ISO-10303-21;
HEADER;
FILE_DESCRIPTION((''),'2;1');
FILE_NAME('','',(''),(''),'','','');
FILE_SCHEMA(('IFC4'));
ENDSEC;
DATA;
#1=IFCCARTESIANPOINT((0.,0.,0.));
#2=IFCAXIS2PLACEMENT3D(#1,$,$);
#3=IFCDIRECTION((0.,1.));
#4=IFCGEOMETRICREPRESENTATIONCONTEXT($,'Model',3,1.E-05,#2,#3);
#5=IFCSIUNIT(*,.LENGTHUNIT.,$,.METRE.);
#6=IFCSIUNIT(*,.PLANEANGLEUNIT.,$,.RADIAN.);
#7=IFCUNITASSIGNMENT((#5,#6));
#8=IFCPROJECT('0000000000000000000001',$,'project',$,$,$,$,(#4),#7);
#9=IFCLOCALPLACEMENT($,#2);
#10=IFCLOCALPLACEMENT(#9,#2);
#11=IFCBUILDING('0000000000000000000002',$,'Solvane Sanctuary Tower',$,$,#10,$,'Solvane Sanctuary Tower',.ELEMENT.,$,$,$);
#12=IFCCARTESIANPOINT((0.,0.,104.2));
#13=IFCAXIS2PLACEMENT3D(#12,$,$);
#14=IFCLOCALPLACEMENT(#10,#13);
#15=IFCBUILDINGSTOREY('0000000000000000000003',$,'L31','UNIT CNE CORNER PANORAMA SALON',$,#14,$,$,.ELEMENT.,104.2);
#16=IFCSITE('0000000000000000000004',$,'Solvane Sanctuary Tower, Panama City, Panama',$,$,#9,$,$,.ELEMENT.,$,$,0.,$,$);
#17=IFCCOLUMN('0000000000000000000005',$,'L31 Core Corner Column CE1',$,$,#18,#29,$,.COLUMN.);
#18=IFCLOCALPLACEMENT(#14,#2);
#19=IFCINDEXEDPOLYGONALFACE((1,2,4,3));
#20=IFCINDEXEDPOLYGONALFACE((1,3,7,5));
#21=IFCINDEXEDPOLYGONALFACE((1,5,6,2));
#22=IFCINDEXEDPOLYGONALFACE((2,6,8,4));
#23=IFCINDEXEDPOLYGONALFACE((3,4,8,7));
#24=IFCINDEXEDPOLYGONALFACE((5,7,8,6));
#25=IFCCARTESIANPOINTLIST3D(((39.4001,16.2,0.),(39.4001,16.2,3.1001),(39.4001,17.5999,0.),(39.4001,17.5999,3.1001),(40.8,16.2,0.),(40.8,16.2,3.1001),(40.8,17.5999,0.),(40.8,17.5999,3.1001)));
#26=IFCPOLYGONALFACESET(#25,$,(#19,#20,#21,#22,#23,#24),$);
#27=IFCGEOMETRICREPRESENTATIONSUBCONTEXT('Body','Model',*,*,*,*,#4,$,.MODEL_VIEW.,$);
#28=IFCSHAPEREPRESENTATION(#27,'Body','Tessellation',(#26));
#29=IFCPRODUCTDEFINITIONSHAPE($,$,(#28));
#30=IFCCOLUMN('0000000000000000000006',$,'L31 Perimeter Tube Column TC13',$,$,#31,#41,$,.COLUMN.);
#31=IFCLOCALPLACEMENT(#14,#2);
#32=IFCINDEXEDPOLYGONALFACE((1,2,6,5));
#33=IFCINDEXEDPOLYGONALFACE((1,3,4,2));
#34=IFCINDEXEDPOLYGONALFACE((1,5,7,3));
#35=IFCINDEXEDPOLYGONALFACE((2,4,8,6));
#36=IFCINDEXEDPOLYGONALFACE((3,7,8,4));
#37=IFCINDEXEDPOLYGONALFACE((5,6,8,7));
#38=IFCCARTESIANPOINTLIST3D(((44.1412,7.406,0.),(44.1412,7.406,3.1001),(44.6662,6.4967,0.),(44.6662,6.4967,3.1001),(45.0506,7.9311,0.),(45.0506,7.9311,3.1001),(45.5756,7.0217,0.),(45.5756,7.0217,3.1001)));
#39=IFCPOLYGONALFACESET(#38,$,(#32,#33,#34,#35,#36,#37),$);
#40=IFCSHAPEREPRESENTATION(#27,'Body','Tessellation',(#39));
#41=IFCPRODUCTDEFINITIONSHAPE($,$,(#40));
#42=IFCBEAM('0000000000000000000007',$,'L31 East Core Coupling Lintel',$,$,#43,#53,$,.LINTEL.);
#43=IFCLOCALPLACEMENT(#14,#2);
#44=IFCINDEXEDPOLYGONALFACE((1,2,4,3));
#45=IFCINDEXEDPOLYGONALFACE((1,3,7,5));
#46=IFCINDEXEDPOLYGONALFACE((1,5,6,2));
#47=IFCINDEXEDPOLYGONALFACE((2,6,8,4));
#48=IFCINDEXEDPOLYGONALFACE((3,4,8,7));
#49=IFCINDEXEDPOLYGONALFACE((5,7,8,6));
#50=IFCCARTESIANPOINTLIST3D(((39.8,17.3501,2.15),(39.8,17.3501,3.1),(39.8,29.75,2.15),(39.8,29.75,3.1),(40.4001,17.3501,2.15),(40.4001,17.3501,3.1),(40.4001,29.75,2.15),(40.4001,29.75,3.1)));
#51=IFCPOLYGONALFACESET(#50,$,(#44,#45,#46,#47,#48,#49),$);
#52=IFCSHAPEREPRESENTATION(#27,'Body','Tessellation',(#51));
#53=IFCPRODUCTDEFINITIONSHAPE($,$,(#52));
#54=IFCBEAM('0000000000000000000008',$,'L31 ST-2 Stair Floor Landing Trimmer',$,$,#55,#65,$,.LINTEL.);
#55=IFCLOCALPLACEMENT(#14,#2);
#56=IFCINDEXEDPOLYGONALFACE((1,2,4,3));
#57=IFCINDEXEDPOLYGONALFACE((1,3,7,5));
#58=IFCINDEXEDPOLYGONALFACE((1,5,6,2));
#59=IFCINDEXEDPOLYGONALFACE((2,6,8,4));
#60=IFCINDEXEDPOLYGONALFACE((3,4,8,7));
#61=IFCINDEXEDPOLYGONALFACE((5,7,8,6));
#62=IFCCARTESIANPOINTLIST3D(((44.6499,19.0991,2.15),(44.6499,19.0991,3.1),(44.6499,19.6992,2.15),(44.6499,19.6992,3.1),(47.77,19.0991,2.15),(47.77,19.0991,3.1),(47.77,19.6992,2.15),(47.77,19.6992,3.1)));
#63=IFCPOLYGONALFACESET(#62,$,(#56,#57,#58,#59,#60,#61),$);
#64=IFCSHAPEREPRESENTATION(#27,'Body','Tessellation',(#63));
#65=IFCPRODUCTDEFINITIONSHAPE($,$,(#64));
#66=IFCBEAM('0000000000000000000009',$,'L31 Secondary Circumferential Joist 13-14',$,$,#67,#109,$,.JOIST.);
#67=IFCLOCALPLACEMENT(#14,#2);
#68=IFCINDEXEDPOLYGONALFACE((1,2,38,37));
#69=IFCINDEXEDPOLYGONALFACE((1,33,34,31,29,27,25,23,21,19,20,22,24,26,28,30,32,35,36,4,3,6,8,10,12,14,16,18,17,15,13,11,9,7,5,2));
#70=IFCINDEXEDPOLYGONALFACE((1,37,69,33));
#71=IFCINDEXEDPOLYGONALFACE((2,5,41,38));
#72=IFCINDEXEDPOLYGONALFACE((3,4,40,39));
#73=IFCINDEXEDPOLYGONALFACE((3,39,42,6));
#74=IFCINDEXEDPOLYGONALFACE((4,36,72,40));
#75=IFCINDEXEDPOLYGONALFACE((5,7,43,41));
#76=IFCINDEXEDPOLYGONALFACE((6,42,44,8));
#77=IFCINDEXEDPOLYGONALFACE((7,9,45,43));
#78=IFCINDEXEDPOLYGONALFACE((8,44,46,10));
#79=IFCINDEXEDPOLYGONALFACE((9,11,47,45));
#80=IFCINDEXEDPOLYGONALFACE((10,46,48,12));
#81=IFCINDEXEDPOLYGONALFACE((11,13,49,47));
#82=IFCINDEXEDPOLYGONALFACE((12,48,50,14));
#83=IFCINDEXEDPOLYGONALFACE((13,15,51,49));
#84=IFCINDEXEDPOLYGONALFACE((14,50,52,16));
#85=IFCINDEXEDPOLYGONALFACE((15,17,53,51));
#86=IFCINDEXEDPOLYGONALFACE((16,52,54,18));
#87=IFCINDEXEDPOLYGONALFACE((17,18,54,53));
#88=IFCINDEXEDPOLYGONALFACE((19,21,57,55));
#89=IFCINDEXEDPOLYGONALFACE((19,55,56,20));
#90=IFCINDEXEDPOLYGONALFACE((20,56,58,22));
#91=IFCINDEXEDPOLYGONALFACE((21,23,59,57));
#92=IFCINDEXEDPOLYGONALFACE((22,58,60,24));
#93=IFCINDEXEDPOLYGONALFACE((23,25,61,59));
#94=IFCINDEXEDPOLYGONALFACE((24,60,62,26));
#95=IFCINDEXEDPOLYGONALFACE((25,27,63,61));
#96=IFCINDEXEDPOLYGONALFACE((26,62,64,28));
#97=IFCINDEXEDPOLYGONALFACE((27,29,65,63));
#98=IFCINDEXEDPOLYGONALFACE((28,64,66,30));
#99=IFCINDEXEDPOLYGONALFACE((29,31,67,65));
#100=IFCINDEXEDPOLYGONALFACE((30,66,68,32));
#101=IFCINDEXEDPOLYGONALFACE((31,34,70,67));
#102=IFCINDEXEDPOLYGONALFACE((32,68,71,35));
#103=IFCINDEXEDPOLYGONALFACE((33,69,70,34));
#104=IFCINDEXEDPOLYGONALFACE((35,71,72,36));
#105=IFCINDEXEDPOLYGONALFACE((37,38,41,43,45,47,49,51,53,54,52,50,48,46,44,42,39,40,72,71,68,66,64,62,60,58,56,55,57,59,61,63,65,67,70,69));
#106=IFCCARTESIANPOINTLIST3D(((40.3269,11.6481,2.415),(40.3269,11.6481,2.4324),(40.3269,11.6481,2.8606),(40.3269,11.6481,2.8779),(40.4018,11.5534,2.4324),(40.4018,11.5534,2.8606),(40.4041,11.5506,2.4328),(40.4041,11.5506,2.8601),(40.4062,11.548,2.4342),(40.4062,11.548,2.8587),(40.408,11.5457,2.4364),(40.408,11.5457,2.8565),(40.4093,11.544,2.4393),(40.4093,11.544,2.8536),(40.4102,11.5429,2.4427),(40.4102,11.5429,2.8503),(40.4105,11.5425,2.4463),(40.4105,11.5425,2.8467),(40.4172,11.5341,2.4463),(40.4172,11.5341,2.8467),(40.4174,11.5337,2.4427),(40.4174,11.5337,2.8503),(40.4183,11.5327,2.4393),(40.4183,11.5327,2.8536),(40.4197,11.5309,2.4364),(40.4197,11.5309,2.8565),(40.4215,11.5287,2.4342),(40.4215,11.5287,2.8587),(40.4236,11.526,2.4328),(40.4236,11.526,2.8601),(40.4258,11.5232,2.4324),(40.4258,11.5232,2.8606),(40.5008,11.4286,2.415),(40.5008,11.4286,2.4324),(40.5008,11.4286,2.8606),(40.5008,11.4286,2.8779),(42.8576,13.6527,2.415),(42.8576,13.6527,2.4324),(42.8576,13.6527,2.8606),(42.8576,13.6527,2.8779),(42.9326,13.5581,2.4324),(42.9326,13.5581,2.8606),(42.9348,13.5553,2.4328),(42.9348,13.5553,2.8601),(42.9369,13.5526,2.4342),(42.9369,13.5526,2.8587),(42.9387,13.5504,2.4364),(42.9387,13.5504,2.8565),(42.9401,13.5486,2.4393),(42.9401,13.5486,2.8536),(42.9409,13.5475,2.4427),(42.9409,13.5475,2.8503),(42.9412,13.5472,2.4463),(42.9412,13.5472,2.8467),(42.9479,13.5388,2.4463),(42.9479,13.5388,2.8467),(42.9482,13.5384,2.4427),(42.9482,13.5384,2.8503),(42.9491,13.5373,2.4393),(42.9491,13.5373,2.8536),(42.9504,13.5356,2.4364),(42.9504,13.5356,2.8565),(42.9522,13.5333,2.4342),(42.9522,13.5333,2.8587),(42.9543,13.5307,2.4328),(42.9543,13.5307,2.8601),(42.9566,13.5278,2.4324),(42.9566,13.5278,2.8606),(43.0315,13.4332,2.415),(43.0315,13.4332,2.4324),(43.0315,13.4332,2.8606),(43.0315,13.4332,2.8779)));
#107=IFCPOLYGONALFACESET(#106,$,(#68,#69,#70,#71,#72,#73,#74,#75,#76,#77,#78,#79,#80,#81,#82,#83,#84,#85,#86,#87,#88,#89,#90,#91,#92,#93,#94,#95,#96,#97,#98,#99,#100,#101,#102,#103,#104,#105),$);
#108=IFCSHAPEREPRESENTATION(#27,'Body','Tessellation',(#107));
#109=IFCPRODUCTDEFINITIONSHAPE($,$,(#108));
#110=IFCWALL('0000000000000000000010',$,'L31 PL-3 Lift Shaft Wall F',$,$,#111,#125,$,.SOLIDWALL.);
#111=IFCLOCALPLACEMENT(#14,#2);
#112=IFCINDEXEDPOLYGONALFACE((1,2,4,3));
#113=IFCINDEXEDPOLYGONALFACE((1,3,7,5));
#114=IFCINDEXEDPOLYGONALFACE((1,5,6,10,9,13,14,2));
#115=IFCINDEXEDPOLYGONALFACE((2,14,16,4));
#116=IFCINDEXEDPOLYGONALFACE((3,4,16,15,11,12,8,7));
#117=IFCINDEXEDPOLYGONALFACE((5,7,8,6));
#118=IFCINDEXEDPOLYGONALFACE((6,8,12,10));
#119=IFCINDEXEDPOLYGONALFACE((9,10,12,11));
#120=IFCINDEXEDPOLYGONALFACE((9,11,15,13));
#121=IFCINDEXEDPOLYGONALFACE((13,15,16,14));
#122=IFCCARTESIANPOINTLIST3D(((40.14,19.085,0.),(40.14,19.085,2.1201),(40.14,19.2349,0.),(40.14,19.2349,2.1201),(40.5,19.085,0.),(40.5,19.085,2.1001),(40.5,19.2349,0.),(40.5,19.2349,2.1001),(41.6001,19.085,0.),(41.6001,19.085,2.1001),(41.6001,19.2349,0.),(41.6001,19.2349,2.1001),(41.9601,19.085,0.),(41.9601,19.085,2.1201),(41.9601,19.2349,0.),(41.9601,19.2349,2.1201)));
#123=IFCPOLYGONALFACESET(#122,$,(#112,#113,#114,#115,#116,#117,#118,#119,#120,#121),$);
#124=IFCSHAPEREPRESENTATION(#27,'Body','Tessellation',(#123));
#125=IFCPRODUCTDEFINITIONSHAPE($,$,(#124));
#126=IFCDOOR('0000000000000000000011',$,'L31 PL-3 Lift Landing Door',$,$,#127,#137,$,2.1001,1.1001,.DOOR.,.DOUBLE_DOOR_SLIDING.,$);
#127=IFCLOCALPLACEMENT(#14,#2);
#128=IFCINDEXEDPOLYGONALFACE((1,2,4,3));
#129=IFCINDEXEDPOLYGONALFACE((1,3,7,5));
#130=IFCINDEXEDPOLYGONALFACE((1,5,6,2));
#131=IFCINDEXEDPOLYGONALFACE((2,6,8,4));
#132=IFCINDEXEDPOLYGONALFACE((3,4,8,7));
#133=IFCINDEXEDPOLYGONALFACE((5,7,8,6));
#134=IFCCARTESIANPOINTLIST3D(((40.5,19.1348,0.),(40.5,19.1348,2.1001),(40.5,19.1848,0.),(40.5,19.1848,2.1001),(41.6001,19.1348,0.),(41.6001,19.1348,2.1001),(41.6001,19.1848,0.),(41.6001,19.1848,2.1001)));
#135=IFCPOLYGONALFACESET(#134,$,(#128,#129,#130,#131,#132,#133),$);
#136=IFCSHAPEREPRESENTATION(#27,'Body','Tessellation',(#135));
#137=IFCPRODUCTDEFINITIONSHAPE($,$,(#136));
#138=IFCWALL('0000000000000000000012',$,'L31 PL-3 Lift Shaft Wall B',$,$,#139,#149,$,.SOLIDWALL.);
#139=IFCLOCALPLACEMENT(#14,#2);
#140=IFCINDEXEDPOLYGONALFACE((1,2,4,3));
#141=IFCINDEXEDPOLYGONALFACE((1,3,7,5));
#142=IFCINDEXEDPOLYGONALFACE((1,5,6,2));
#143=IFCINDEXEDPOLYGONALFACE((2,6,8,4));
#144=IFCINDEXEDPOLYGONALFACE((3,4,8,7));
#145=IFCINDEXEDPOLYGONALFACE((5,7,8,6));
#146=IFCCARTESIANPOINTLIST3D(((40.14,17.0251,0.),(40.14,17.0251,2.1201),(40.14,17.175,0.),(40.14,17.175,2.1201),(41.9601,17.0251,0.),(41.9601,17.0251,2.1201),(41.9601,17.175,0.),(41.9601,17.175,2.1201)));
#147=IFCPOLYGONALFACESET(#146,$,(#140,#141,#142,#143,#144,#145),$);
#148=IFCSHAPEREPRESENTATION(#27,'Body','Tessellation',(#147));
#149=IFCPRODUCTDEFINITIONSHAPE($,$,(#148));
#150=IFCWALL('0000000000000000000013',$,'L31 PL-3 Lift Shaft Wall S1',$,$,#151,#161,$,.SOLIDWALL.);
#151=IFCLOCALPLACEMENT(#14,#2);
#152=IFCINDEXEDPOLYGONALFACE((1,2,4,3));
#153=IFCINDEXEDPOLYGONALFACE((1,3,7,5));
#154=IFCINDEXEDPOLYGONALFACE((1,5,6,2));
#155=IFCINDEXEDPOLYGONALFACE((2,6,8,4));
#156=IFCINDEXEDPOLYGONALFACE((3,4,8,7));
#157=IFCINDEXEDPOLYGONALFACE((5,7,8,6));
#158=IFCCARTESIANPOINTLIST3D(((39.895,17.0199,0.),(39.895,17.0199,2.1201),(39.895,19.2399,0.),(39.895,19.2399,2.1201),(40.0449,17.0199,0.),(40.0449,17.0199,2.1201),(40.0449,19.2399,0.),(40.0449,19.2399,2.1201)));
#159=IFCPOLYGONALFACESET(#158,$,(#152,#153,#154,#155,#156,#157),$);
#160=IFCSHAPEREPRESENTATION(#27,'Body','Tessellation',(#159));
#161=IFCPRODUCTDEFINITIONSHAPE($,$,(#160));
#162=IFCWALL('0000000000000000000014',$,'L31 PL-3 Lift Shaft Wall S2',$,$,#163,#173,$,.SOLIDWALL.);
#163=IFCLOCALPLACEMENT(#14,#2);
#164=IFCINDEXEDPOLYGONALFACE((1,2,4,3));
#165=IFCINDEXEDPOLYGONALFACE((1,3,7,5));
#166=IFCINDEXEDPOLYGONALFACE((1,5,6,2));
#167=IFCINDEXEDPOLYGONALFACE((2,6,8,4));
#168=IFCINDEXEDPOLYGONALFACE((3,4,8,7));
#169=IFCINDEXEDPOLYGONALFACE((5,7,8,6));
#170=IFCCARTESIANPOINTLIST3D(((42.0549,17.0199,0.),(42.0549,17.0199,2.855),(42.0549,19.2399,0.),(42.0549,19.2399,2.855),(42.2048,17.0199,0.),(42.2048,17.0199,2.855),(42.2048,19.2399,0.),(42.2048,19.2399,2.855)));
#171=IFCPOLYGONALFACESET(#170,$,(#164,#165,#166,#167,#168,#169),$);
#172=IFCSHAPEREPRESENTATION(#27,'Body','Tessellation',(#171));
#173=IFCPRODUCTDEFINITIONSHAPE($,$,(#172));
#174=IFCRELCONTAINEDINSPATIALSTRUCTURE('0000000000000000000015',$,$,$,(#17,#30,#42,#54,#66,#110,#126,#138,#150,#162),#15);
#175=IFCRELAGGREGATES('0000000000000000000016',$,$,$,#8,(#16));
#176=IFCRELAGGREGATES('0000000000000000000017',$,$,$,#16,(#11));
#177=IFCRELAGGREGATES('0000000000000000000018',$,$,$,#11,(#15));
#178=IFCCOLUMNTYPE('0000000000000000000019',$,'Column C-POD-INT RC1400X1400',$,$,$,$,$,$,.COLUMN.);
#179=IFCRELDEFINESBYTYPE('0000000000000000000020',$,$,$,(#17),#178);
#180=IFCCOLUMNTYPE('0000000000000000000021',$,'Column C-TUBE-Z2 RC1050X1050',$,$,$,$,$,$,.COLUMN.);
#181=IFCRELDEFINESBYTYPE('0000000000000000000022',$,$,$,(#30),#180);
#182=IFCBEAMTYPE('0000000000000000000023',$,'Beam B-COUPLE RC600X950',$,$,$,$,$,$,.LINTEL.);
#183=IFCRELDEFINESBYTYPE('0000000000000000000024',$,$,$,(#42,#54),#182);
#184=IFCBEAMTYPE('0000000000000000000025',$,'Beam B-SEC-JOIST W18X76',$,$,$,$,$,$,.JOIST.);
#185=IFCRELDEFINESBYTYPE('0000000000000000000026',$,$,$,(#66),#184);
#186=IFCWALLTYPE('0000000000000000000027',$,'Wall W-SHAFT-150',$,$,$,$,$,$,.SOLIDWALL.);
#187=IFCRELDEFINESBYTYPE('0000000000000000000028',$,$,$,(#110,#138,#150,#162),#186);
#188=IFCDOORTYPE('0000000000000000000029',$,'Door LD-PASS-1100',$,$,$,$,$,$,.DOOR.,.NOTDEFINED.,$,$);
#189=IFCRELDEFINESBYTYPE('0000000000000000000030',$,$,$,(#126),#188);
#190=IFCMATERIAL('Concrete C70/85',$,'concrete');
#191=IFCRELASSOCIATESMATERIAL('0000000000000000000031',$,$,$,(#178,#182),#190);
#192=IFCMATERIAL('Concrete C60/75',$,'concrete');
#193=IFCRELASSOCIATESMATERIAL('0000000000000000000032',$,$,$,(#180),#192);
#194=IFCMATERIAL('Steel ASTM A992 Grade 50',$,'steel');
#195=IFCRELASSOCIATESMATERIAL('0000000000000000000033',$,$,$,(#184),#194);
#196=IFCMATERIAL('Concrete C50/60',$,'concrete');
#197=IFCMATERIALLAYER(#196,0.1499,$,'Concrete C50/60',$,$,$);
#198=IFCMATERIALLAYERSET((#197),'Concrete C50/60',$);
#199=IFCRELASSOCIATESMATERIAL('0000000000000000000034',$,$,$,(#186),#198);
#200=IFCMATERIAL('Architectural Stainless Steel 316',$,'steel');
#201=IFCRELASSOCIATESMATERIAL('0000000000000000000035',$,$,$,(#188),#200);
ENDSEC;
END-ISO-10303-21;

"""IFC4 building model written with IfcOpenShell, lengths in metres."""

from ifc_helpers import new_model, si_unit, direction, frame, frame_2d, origin, origin_2d, place, context, subcontext, project, spatial, rectangle, i_section, extrude, material, layer, layer_set, material_profile, profile_set, type_object, element, fill, save


model = new_model("IFC4")

# Units and contexts
model_context = context("Model", 3, precision=1e-05, world=origin(), true_north=direction((0.0, 1.0)))
body_context = subcontext(model_context, "Body", "Model", "MODEL_VIEW")
ifc_project = project(units=[si_unit("LENGTHUNIT", "METRE"), si_unit("PLANEANGLEUNIT", "RADIAN")], contexts=[model_context])

# Site, building, storey
site_placement = place(None, origin())
site = spatial("IfcSite", under=ifc_project, at=site_placement, Name="Solvane Sanctuary Tower, Panama City, Panama", CompositionType="ELEMENT", RefElevation=0.0)
building_placement = place(site_placement, origin())
building = spatial("IfcBuilding", under=site, at=building_placement, Name="Solvane Sanctuary Tower", LongName="Solvane Sanctuary Tower", CompositionType="ELEMENT")
storey_placement = place(building_placement, frame((0.0, 0.0, 104.2)))
storey = spatial("IfcBuildingStorey", under=building, at=storey_placement, Name="L31", Description="UNIT CNE CORNER PANORAMA SALON", CompositionType="ELEMENT", Elevation=104.2)

# Columns
ifc_material_1 = material(Name="Concrete C70/85", Category="concrete")
ifc_material_profile_1 = material_profile(ifc_material_1, rectangle(XDim=1.3999, YDim=1.3999, at=origin_2d()), Name="RC1400X1400")
ifc_profile_set_1 = profile_set([ifc_material_profile_1], Name="Concrete C70/85")
column_type_1 = type_object("IfcColumnType", Name="Column C-POD-INT RC1400X1400", PredefinedType="COLUMN", material=ifc_profile_set_1)
column_1_placement = place(storey_placement, frame((40.1001, 16.8999, 0.0), z_axis=(0.0, 0.0, 1.0), x_axis=(1.0, 0.0, 0.0)))
element("IfcColumn", 1, at=column_1_placement, inside=storey, type_object=column_type_1, Name="L31 Core Corner Column CE1", PredefinedType="COLUMN", context=body_context, shape_type="SweptSolid", body=[
    extrude(rectangle(XDim=1.3999, YDim=1.3999, at=origin_2d()), origin(), (0.0, 0.0, 1.0), 3.1001),
])
ifc_material_2 = material(Name="Concrete C60/75", Category="concrete")
ifc_material_profile_2 = material_profile(ifc_material_2, rectangle(XDim=1.05, YDim=1.05, at=origin_2d()), Name="RC1050X1050")
ifc_profile_set_2 = profile_set([ifc_material_profile_2], Name="Concrete C60/75")
column_type_2 = type_object("IfcColumnType", Name="Column C-TUBE-Z2 RC1050X1050", PredefinedType="COLUMN", material=ifc_profile_set_2)
column_2_placement = place(storey_placement, frame((44.8584, 7.2139, 0.0), z_axis=(0.0, 0.0, 1.0), x_axis=(0.5, -0.866025, 0.0)))
element("IfcColumn", 2, at=column_2_placement, inside=storey, type_object=column_type_2, Name="L31 Perimeter Tube Column TC13", PredefinedType="COLUMN", context=body_context, shape_type="SweptSolid", body=[
    extrude(rectangle(XDim=1.05, YDim=1.05, at=origin_2d()), origin(), (0.0, 0.0, 1.0), 3.1001),
])

# Beams
ifc_material_profile_3 = material_profile(ifc_material_1, rectangle(XDim=0.6001, YDim=0.95, at=origin_2d()), Name="RC600X950")
ifc_profile_set_3 = profile_set([ifc_material_profile_3], Name="Concrete C70/85")
beam_type_1 = type_object("IfcBeamType", Name="Beam B-COUPLE RC600X950", PredefinedType="LINTEL", material=ifc_profile_set_3)
beam_1_placement = place(storey_placement, frame((40.1001, 17.3501, 2.625), z_axis=(0.0, 1.0, 0.0), x_axis=(-1.0, 0.0, 0.0)))
element("IfcBeam", 3, at=beam_1_placement, inside=storey, type_object=beam_type_1, Name="L31 East Core Coupling Lintel", PredefinedType="LINTEL", context=body_context, shape_type="SweptSolid", body=[
    extrude(rectangle(XDim=0.6001, YDim=0.95, at=origin_2d()), origin(), (0.0, 0.0, 1.0), 12.3999),
])
beam_2_placement = place(storey_placement, frame((44.6499, 19.3992, 2.625), z_axis=(1.0, 0.0, 0.0), x_axis=(0.0, 1.0, 0.0)))
element("IfcBeam", 4, at=beam_2_placement, inside=storey, type_object=beam_type_1, Name="L31 ST-2 Stair Floor Landing Trimmer", PredefinedType="LINTEL", context=body_context, shape_type="SweptSolid", body=[
    extrude(rectangle(XDim=0.6001, YDim=0.95, at=origin_2d()), origin(), (0.0, 0.0, 1.0), 3.1201),
])
ifc_material_3 = material(Name="Steel ASTM A992 Grade 50", Category="steel")
ifc_material_profile_4 = material_profile(ifc_material_3, i_section(OverallWidth=0.28, OverallDepth=0.4629, WebThickness=0.0107, FlangeThickness=0.0173, FilletRadius=0.0139, at=origin_2d()), Name="W18X76")
ifc_profile_set_4 = profile_set([ifc_material_profile_4], Name="Steel ASTM A992 Grade 50")
beam_type_2 = type_object("IfcBeamType", Name="Beam B-SEC-JOIST W18X76", PredefinedType="JOIST", material=ifc_profile_set_4)
beam_3_placement = place(storey_placement, frame((40.4138, 11.5383, 2.6465), z_axis=(0.783877, 0.620916, 0.0), x_axis=(-0.620916, 0.783877, 0.0)))
element("IfcBeam", 5, at=beam_3_placement, inside=storey, type_object=beam_type_2, Name="L31 Secondary Circumferential Joist 13-14", PredefinedType="JOIST", context=body_context, shape_type="SweptSolid", body=[
    extrude(i_section(OverallWidth=0.28, OverallDepth=0.4629, WebThickness=0.0107, FlangeThickness=0.0173, FilletRadius=0.0139, at=origin_2d()), origin(), (0.0, 0.0, 1.0), 3.2285),
])

# Wall, opening, door
ifc_material_4 = material(Name="Concrete C50/60", Category="concrete")
ifc_layer_1 = layer(ifc_material_4, 0.1499, Name="Concrete C50/60")
ifc_layer_set_1 = layer_set([ifc_layer_1], Name="Concrete C50/60")
wall_type_1 = type_object("IfcWallType", Name="Wall W-SHAFT-150", PredefinedType="SOLIDWALL", material=ifc_layer_set_1)
wall_1_placement = place(storey_placement, frame((40.1399, 19.1599, 0.0), z_axis=(0.0, 0.0, 1.0), x_axis=(1.0, 0.0, 0.0)))
wall_1 = element("IfcWall", 6, at=wall_1_placement, inside=storey, type_object=wall_type_1, Name="L31 PL-3 Lift Shaft Wall F", PredefinedType="SOLIDWALL", context=body_context, shape_type="SweptSolid", body=[
    extrude(rectangle(XDim=1.8201, YDim=0.1499, at=frame_2d((0.9102, 0.0))), origin(), (0.0, 0.0, 1.0), 2.1201),
])
opening_1_placement = place(wall_1_placement, frame((0.3601, 0.0, 0.0)))
opening_1 = element("IfcOpeningElement", 7, at=opening_1_placement, cuts=wall_1, PredefinedType="OPENING", context=body_context, shape_type="SweptSolid", body=[
    extrude(rectangle(XDim=1.1001, YDim=2.1001, at=frame_2d((0.55, 1.05))), frame((0.0, 0.085, 0.0), z_axis=(0.0, -1.0, 0.0), x_axis=(1.0, 0.0, 0.0)), (0.0, 0.0, 1.0), 0.1699),
])
ifc_material_5 = material(Name="Architectural Stainless Steel 316", Category="steel")
door_type_1 = type_object("IfcDoorType", Name="Door LD-PASS-1100", OperationType="NOTDEFINED", PredefinedType="DOOR", material=ifc_material_5)
door_1_placement = place(opening_1_placement, origin())
door_1 = element("IfcDoor", 8, at=door_1_placement, inside=storey, type_object=door_type_1, Name="L31 PL-3 Lift Landing Door", OperationType="DOUBLE_DOOR_SLIDING", OverallHeight=2.1001, OverallWidth=1.1001, PredefinedType="DOOR", context=body_context, shape_type="SweptSolid", body=[
    extrude(rectangle(XDim=1.1001, YDim=2.1001, at=frame_2d((0.55, 1.05))), frame((0.0, 0.0249, 0.0), z_axis=(0.0, -1.0, 0.0), x_axis=(1.0, 0.0, 0.0)), (0.0, 0.0, 1.0), 0.05),
])
fill(opening_1, door_1)

# Walls
wall_2_placement = place(storey_placement, frame((40.1399, 17.1001, 0.0), z_axis=(0.0, 0.0, 1.0), x_axis=(1.0, 0.0, 0.0)))
element("IfcWall", 9, at=wall_2_placement, inside=storey, type_object=wall_type_1, Name="L31 PL-3 Lift Shaft Wall B", PredefinedType="SOLIDWALL", context=body_context, shape_type="SweptSolid", body=[
    extrude(rectangle(XDim=1.8201, YDim=0.1499, at=frame_2d((0.9102, 0.0))), origin(), (0.0, 0.0, 1.0), 2.1201),
])
wall_3_placement = place(storey_placement, frame((39.97, 17.02, 0.0), z_axis=(0.0, 0.0, 1.0), x_axis=(0.0, 1.0, 0.0)))
element("IfcWall", 10, at=wall_3_placement, inside=storey, type_object=wall_type_1, Name="L31 PL-3 Lift Shaft Wall S1", PredefinedType="SOLIDWALL", context=body_context, shape_type="SweptSolid", body=[
    extrude(rectangle(XDim=2.22, YDim=0.1499, at=frame_2d((1.1099, 0.0))), origin(), (0.0, 0.0, 1.0), 2.1201),
])
wall_4_placement = place(storey_placement, frame((42.1299, 17.02, 0.0), z_axis=(0.0, 0.0, 1.0), x_axis=(0.0, 1.0, 0.0)))
element("IfcWall", 11, at=wall_4_placement, inside=storey, type_object=wall_type_1, Name="L31 PL-3 Lift Shaft Wall S2", PredefinedType="SOLIDWALL", context=body_context, shape_type="SweptSolid", body=[
    extrude(rectangle(XDim=2.22, YDim=0.1499, at=frame_2d((1.1099, 0.0))), origin(), (0.0, 0.0, 1.0), 2.855),
])

save(model, "model.ifc")
